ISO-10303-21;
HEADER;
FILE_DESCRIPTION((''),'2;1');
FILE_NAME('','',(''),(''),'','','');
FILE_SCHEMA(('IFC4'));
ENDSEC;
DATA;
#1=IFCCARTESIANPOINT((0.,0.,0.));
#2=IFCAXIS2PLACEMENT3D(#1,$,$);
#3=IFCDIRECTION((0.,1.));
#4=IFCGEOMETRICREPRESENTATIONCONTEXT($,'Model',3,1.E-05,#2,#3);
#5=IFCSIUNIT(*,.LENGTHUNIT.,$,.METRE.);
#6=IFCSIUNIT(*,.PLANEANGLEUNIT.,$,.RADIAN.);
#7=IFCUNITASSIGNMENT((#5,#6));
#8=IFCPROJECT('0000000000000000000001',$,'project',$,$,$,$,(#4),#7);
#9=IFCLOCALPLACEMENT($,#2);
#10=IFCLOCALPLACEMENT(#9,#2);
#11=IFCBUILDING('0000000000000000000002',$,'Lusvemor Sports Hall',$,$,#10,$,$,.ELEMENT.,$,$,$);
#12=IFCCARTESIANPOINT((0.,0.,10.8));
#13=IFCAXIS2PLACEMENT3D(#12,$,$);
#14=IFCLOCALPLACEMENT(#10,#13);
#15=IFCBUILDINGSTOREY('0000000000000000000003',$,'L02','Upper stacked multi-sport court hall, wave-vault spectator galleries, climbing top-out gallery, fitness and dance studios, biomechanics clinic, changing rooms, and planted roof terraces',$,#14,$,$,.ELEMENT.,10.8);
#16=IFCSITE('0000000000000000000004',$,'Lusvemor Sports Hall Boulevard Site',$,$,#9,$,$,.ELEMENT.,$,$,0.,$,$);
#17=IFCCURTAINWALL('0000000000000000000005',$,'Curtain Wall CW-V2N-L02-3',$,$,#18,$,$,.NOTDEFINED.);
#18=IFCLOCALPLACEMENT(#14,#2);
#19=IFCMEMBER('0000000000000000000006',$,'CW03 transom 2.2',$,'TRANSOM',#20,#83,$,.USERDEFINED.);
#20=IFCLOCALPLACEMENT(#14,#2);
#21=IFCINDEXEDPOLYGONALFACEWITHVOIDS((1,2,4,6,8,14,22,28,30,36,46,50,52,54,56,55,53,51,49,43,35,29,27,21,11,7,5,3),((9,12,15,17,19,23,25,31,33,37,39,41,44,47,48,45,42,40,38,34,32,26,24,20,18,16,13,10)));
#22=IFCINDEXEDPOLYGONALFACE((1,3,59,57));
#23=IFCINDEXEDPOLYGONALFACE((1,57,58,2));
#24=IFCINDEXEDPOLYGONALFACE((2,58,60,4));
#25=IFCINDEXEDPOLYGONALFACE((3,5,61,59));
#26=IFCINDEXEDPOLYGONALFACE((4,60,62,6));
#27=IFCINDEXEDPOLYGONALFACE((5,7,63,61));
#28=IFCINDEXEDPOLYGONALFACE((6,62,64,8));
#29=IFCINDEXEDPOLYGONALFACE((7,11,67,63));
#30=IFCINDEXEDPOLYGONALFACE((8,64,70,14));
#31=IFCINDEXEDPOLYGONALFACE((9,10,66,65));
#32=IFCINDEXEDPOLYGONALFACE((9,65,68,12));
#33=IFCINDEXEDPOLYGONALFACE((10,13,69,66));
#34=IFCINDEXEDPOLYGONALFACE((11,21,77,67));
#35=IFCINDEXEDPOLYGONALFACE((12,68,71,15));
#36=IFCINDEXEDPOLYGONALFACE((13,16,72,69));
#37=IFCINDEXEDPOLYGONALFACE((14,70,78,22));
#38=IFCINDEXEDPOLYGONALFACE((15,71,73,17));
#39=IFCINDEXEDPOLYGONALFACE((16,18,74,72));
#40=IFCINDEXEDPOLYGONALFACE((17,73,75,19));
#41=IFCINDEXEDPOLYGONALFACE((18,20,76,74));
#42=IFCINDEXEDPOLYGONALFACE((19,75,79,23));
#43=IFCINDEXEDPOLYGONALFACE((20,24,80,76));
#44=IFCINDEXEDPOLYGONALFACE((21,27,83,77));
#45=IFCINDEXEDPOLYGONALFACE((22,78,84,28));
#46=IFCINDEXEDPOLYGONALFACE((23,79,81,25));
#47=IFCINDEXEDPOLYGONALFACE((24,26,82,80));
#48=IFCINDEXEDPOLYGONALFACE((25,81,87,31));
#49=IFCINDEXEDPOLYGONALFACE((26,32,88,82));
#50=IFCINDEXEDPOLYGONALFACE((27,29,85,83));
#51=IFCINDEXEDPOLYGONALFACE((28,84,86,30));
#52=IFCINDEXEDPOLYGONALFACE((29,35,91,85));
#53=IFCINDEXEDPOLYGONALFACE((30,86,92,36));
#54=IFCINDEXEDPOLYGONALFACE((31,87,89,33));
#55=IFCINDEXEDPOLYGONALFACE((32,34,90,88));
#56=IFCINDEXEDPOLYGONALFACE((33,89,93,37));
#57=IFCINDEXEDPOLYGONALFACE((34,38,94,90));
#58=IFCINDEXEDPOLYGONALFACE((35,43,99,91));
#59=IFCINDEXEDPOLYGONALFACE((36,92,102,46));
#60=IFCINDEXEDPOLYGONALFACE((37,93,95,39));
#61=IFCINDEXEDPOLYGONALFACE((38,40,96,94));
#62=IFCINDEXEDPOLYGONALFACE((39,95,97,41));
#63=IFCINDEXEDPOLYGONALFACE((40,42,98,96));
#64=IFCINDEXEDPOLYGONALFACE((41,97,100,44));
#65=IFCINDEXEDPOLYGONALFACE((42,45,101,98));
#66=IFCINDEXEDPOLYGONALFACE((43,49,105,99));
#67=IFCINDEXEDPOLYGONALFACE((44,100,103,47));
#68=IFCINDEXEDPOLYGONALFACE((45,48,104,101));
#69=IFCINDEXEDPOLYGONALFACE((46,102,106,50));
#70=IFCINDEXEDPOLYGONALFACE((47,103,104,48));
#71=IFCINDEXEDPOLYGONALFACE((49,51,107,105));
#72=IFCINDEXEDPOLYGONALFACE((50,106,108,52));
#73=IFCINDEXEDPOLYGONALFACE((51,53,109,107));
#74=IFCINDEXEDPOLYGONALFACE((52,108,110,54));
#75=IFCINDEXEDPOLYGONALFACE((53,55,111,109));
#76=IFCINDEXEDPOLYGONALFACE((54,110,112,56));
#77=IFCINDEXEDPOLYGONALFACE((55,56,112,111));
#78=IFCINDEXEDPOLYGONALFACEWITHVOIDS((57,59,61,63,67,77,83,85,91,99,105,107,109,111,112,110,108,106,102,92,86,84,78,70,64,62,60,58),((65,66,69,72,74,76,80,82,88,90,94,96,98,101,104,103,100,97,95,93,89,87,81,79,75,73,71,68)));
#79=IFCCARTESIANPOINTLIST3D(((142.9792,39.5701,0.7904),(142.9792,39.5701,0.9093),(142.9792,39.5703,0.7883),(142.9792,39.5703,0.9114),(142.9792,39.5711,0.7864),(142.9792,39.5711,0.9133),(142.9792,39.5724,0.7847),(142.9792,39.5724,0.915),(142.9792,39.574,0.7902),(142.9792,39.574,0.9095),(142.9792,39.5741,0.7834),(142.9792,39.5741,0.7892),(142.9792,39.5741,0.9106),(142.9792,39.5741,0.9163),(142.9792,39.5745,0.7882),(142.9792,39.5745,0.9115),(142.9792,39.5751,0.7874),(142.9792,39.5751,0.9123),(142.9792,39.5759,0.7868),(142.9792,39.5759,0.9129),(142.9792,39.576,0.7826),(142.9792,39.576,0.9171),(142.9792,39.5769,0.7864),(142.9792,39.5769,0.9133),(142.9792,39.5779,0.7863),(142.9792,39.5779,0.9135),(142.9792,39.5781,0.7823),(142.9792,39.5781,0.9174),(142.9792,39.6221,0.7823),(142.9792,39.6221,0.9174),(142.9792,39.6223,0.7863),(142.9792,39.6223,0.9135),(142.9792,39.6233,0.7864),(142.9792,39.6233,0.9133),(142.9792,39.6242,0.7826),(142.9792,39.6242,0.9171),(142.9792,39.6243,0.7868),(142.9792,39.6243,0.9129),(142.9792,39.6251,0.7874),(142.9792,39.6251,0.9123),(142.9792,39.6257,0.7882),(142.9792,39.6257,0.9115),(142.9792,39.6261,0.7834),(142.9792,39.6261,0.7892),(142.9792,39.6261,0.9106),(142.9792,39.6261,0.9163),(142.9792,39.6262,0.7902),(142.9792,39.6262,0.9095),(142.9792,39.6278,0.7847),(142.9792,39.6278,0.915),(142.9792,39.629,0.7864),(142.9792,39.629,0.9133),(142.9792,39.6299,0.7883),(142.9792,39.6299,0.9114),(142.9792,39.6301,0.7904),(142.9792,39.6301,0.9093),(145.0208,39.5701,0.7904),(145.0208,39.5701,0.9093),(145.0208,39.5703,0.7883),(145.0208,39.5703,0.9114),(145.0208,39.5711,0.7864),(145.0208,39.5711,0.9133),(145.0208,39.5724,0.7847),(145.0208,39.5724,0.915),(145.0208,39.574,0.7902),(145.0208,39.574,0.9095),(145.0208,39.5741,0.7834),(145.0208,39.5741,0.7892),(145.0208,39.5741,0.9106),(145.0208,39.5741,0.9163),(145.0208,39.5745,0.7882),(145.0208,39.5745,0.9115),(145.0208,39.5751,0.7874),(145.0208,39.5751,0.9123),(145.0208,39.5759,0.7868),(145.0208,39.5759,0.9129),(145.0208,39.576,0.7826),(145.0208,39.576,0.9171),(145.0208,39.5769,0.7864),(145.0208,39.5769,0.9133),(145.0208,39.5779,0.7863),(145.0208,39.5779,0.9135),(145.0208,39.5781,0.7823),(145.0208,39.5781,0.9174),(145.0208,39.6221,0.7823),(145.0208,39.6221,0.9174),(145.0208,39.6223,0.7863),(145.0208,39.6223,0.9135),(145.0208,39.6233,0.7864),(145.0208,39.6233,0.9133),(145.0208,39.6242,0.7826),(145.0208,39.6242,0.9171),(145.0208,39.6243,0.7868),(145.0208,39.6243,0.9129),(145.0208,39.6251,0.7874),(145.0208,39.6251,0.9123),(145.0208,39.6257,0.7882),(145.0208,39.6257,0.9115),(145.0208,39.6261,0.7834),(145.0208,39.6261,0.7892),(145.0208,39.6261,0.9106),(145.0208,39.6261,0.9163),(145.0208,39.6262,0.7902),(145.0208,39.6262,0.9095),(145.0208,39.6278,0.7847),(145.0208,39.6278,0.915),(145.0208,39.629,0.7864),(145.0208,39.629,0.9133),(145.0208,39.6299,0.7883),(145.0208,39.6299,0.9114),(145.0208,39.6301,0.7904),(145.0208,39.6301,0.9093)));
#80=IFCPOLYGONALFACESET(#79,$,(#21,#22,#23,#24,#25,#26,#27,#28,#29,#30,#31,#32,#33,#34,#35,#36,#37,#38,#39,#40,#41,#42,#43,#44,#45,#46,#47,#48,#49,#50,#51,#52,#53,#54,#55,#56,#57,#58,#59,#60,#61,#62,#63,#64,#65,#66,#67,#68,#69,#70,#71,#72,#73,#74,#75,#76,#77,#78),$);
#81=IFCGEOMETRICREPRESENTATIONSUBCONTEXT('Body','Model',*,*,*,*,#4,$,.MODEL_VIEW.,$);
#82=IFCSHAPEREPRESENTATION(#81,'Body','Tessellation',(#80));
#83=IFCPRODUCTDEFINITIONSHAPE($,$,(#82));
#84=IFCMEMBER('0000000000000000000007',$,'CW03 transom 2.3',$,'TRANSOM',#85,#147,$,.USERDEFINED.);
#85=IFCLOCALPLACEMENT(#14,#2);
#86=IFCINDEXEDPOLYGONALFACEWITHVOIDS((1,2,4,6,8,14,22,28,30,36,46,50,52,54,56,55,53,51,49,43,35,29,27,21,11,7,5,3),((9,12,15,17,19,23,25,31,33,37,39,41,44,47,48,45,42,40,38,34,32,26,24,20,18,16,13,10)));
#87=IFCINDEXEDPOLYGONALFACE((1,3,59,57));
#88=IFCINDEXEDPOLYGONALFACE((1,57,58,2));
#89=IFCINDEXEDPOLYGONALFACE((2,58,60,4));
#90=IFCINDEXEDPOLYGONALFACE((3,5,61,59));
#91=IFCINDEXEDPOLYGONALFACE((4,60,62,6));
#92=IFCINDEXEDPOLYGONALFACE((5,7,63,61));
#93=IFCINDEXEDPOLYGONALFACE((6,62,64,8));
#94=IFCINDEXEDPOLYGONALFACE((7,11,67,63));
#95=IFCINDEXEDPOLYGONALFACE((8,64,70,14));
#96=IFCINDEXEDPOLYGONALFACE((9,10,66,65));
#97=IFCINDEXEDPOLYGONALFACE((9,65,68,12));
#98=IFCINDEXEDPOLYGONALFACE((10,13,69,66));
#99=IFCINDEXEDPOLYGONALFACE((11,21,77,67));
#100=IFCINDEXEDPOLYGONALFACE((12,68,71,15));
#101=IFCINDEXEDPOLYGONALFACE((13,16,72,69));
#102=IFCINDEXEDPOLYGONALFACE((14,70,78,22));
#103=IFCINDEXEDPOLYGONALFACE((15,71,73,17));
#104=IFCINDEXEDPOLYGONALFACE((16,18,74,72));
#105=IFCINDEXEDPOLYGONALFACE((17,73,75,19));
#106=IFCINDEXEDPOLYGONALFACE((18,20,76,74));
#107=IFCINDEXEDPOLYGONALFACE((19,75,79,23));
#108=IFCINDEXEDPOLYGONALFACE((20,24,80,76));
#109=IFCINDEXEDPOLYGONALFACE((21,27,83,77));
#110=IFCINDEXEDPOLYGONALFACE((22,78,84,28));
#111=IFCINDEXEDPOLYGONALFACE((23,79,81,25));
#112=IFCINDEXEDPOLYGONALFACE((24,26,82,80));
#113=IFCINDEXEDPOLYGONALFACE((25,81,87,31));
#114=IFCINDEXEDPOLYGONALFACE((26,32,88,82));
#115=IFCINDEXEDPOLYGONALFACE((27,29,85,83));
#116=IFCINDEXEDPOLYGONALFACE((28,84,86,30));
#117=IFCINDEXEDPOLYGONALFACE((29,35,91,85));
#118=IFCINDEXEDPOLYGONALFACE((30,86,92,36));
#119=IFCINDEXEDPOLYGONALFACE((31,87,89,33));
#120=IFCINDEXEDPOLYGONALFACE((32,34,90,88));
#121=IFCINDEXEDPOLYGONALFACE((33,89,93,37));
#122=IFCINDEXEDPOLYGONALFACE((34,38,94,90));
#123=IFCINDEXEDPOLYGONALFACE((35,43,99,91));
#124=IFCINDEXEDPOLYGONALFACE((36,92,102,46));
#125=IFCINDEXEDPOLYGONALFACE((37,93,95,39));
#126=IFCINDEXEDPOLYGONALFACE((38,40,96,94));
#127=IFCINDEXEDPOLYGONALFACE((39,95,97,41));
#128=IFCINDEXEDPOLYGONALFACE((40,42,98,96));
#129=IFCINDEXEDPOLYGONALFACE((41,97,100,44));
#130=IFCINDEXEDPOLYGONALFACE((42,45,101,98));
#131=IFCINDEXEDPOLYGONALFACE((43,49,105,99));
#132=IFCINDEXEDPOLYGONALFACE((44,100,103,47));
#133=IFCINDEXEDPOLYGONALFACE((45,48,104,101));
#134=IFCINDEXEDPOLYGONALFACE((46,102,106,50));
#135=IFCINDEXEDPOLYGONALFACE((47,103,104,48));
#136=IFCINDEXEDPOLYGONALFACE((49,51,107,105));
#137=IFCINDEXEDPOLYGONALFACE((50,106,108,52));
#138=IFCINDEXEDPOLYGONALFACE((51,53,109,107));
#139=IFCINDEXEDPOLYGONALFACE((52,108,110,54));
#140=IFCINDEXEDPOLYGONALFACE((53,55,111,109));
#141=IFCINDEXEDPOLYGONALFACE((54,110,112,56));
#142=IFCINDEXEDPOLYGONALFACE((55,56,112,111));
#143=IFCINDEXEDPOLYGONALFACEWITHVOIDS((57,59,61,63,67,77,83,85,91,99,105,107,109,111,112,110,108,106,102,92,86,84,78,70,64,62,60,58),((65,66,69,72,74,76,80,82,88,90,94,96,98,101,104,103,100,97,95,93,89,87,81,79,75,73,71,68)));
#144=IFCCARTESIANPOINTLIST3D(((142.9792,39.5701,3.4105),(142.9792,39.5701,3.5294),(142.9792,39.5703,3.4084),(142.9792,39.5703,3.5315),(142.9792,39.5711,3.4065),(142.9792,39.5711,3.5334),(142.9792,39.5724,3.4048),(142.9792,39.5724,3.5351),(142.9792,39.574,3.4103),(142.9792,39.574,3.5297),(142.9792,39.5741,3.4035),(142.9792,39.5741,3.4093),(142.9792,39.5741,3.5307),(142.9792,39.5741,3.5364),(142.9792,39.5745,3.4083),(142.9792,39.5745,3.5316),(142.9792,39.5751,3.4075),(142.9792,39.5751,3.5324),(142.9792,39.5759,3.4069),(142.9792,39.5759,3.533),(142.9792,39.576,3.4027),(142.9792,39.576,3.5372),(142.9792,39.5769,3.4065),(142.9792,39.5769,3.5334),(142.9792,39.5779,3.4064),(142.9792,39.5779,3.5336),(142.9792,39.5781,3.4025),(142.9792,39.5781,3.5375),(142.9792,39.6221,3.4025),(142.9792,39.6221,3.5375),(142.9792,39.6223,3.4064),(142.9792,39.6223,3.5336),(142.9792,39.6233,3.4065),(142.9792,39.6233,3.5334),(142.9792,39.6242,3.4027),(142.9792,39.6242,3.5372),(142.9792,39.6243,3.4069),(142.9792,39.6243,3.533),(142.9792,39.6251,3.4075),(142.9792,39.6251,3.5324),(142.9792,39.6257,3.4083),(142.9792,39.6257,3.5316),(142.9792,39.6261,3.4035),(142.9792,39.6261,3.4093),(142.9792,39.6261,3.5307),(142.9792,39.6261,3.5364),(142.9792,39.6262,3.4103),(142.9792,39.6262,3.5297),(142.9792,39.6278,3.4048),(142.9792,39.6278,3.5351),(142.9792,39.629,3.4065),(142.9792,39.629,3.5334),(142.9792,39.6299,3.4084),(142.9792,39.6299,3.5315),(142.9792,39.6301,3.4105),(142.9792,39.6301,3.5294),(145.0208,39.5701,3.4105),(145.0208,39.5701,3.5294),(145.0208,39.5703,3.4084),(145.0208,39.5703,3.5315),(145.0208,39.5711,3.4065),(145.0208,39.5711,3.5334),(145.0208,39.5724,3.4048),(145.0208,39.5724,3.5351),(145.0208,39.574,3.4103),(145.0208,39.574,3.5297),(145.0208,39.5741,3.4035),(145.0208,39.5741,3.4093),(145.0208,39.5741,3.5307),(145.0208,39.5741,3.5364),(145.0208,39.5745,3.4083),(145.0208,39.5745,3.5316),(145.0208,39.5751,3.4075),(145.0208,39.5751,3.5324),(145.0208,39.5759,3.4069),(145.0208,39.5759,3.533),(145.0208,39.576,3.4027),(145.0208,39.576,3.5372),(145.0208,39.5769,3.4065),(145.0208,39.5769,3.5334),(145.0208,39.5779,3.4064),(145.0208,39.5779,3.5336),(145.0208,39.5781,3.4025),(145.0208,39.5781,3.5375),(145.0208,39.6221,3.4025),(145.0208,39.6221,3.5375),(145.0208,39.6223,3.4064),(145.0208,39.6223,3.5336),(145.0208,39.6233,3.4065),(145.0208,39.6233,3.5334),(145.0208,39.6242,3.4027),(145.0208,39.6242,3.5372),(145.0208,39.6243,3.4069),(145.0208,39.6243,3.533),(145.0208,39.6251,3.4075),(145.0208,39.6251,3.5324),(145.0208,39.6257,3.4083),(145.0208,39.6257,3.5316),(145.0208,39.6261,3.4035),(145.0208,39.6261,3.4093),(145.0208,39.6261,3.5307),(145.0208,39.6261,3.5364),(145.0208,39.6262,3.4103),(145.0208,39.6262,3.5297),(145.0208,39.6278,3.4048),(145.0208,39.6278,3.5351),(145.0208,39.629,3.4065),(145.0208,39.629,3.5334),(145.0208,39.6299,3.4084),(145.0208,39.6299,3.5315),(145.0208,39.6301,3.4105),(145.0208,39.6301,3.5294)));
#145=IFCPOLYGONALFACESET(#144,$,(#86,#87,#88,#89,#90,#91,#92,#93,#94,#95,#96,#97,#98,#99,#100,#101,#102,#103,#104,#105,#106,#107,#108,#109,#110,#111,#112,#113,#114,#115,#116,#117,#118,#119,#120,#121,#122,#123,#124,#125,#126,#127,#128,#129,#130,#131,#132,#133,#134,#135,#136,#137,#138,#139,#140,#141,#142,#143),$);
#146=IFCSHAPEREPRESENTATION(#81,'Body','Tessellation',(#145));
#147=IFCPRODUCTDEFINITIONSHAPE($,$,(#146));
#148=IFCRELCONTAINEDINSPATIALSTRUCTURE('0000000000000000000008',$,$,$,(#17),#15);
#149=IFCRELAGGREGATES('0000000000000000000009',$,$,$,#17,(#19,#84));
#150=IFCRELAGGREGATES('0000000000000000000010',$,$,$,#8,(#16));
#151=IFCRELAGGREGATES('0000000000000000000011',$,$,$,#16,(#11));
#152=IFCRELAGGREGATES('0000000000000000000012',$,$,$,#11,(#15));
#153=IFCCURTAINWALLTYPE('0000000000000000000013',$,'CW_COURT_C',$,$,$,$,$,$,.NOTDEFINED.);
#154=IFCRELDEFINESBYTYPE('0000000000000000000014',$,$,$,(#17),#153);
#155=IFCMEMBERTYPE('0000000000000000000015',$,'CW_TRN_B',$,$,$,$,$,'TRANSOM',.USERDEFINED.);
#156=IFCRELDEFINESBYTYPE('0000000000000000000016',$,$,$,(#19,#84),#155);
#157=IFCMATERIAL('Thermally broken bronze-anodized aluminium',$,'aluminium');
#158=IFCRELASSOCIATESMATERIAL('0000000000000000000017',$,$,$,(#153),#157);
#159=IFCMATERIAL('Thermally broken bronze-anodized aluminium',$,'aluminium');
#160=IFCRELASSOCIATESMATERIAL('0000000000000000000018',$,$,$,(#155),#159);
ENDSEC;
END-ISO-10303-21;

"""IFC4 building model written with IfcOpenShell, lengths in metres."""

from ifc_helpers import new_model, si_unit, direction, frame, origin, origin_2d, place, context, subcontext, project, spatial, hollow_rectangle, extrude, material, material_profile, profile_set, type_object, element, aggregate, save


model = new_model("IFC4")

# Units and contexts
model_context = context("Model", 3, precision=1e-05, world=origin(), true_north=direction((0.0, 1.0)))
body_context = subcontext(model_context, "Body", "Model", "MODEL_VIEW")
ifc_project = project(units=[si_unit("LENGTHUNIT", "METRE"), si_unit("PLANEANGLEUNIT", "RADIAN")], contexts=[model_context])

# Site, building, storey
site_placement = place(None, origin())
site = spatial("IfcSite", under=ifc_project, at=site_placement, Name="Lusvemor Sports Hall Boulevard Site", CompositionType="ELEMENT", RefElevation=0.0)
building_placement = place(site_placement, origin())
building = spatial("IfcBuilding", under=site, at=building_placement, Name="Lusvemor Sports Hall", CompositionType="ELEMENT")
storey_placement = place(building_placement, frame((0.0, 0.0, 10.8)))
storey = spatial("IfcBuildingStorey", under=building, at=storey_placement, Name="L02", Description="Upper stacked multi-sport court hall, wave-vault spectator galleries, climbing top-out gallery, fitness and dance studios, biomechanics clinic, changing rooms, and planted roof terraces", CompositionType="ELEMENT", Elevation=10.8)

# Curtain wall, members
ifc_material_1 = material(Name="Thermally broken bronze-anodized aluminium", Category="aluminium")
curtain_wall_type = type_object("IfcCurtainWallType", Name="CW_COURT_C", PredefinedType="NOTDEFINED", material=ifc_material_1)
curtain_wall_placement = place(storey_placement, origin())
curtain_wall = element("IfcCurtainWall", 1, at=curtain_wall_placement, inside=storey, type_object=curtain_wall_type, Name="Curtain Wall CW-V2N-L02-3", PredefinedType="NOTDEFINED")
ifc_material_2 = material(Name="Thermally broken bronze-anodized aluminium", Category="aluminium")
ifc_material_profile_1 = material_profile(ifc_material_2, hollow_rectangle(XDim=0.0601, YDim=0.135, WallThickness=0.0039, InnerFilletRadius=0.0039, OuterFilletRadius=0.0081, at=origin_2d()), Name="CWTRN135x60x4")
ifc_profile_set_1 = profile_set([ifc_material_profile_1], Name="Thermally broken bronze-anodized aluminium")
member_type_1 = type_object("IfcMemberType", Name="CW_TRN_B", ElementType="TRANSOM", PredefinedType="USERDEFINED", material=ifc_profile_set_1)
member_1_placement = place(storey_placement, frame((142.9792, 39.6001, 0.8499), z_axis=(1.0, 0.0, 0.0), x_axis=(0.0, 1.0, 0.0)))
member_1 = element("IfcMember", 2, at=member_1_placement, type_object=member_type_1, Name="CW03 transom 2.2", ObjectType="TRANSOM", PredefinedType="USERDEFINED", context=body_context, shape_type="SweptSolid", body=[
    extrude(hollow_rectangle(XDim=0.0601, YDim=0.135, WallThickness=0.0039, InnerFilletRadius=0.0039, OuterFilletRadius=0.0081, at=origin_2d()), origin(), (0.0, 0.0, 1.0), 2.0415),
])
member_2_placement = place(storey_placement, frame((142.9792, 39.6001, 3.47), z_axis=(1.0, 0.0, 0.0), x_axis=(0.0, 1.0, 0.0)))
member_2 = element("IfcMember", 3, at=member_2_placement, type_object=member_type_1, Name="CW03 transom 2.3", ObjectType="TRANSOM", PredefinedType="USERDEFINED", context=body_context, shape_type="SweptSolid", body=[
    extrude(hollow_rectangle(XDim=0.0601, YDim=0.135, WallThickness=0.0039, InnerFilletRadius=0.0039, OuterFilletRadius=0.0081, at=origin_2d()), origin(), (0.0, 0.0, 1.0), 2.0415),
])

aggregate(curtain_wall, [member_1, member_2])

save(model, "model.ifc")
